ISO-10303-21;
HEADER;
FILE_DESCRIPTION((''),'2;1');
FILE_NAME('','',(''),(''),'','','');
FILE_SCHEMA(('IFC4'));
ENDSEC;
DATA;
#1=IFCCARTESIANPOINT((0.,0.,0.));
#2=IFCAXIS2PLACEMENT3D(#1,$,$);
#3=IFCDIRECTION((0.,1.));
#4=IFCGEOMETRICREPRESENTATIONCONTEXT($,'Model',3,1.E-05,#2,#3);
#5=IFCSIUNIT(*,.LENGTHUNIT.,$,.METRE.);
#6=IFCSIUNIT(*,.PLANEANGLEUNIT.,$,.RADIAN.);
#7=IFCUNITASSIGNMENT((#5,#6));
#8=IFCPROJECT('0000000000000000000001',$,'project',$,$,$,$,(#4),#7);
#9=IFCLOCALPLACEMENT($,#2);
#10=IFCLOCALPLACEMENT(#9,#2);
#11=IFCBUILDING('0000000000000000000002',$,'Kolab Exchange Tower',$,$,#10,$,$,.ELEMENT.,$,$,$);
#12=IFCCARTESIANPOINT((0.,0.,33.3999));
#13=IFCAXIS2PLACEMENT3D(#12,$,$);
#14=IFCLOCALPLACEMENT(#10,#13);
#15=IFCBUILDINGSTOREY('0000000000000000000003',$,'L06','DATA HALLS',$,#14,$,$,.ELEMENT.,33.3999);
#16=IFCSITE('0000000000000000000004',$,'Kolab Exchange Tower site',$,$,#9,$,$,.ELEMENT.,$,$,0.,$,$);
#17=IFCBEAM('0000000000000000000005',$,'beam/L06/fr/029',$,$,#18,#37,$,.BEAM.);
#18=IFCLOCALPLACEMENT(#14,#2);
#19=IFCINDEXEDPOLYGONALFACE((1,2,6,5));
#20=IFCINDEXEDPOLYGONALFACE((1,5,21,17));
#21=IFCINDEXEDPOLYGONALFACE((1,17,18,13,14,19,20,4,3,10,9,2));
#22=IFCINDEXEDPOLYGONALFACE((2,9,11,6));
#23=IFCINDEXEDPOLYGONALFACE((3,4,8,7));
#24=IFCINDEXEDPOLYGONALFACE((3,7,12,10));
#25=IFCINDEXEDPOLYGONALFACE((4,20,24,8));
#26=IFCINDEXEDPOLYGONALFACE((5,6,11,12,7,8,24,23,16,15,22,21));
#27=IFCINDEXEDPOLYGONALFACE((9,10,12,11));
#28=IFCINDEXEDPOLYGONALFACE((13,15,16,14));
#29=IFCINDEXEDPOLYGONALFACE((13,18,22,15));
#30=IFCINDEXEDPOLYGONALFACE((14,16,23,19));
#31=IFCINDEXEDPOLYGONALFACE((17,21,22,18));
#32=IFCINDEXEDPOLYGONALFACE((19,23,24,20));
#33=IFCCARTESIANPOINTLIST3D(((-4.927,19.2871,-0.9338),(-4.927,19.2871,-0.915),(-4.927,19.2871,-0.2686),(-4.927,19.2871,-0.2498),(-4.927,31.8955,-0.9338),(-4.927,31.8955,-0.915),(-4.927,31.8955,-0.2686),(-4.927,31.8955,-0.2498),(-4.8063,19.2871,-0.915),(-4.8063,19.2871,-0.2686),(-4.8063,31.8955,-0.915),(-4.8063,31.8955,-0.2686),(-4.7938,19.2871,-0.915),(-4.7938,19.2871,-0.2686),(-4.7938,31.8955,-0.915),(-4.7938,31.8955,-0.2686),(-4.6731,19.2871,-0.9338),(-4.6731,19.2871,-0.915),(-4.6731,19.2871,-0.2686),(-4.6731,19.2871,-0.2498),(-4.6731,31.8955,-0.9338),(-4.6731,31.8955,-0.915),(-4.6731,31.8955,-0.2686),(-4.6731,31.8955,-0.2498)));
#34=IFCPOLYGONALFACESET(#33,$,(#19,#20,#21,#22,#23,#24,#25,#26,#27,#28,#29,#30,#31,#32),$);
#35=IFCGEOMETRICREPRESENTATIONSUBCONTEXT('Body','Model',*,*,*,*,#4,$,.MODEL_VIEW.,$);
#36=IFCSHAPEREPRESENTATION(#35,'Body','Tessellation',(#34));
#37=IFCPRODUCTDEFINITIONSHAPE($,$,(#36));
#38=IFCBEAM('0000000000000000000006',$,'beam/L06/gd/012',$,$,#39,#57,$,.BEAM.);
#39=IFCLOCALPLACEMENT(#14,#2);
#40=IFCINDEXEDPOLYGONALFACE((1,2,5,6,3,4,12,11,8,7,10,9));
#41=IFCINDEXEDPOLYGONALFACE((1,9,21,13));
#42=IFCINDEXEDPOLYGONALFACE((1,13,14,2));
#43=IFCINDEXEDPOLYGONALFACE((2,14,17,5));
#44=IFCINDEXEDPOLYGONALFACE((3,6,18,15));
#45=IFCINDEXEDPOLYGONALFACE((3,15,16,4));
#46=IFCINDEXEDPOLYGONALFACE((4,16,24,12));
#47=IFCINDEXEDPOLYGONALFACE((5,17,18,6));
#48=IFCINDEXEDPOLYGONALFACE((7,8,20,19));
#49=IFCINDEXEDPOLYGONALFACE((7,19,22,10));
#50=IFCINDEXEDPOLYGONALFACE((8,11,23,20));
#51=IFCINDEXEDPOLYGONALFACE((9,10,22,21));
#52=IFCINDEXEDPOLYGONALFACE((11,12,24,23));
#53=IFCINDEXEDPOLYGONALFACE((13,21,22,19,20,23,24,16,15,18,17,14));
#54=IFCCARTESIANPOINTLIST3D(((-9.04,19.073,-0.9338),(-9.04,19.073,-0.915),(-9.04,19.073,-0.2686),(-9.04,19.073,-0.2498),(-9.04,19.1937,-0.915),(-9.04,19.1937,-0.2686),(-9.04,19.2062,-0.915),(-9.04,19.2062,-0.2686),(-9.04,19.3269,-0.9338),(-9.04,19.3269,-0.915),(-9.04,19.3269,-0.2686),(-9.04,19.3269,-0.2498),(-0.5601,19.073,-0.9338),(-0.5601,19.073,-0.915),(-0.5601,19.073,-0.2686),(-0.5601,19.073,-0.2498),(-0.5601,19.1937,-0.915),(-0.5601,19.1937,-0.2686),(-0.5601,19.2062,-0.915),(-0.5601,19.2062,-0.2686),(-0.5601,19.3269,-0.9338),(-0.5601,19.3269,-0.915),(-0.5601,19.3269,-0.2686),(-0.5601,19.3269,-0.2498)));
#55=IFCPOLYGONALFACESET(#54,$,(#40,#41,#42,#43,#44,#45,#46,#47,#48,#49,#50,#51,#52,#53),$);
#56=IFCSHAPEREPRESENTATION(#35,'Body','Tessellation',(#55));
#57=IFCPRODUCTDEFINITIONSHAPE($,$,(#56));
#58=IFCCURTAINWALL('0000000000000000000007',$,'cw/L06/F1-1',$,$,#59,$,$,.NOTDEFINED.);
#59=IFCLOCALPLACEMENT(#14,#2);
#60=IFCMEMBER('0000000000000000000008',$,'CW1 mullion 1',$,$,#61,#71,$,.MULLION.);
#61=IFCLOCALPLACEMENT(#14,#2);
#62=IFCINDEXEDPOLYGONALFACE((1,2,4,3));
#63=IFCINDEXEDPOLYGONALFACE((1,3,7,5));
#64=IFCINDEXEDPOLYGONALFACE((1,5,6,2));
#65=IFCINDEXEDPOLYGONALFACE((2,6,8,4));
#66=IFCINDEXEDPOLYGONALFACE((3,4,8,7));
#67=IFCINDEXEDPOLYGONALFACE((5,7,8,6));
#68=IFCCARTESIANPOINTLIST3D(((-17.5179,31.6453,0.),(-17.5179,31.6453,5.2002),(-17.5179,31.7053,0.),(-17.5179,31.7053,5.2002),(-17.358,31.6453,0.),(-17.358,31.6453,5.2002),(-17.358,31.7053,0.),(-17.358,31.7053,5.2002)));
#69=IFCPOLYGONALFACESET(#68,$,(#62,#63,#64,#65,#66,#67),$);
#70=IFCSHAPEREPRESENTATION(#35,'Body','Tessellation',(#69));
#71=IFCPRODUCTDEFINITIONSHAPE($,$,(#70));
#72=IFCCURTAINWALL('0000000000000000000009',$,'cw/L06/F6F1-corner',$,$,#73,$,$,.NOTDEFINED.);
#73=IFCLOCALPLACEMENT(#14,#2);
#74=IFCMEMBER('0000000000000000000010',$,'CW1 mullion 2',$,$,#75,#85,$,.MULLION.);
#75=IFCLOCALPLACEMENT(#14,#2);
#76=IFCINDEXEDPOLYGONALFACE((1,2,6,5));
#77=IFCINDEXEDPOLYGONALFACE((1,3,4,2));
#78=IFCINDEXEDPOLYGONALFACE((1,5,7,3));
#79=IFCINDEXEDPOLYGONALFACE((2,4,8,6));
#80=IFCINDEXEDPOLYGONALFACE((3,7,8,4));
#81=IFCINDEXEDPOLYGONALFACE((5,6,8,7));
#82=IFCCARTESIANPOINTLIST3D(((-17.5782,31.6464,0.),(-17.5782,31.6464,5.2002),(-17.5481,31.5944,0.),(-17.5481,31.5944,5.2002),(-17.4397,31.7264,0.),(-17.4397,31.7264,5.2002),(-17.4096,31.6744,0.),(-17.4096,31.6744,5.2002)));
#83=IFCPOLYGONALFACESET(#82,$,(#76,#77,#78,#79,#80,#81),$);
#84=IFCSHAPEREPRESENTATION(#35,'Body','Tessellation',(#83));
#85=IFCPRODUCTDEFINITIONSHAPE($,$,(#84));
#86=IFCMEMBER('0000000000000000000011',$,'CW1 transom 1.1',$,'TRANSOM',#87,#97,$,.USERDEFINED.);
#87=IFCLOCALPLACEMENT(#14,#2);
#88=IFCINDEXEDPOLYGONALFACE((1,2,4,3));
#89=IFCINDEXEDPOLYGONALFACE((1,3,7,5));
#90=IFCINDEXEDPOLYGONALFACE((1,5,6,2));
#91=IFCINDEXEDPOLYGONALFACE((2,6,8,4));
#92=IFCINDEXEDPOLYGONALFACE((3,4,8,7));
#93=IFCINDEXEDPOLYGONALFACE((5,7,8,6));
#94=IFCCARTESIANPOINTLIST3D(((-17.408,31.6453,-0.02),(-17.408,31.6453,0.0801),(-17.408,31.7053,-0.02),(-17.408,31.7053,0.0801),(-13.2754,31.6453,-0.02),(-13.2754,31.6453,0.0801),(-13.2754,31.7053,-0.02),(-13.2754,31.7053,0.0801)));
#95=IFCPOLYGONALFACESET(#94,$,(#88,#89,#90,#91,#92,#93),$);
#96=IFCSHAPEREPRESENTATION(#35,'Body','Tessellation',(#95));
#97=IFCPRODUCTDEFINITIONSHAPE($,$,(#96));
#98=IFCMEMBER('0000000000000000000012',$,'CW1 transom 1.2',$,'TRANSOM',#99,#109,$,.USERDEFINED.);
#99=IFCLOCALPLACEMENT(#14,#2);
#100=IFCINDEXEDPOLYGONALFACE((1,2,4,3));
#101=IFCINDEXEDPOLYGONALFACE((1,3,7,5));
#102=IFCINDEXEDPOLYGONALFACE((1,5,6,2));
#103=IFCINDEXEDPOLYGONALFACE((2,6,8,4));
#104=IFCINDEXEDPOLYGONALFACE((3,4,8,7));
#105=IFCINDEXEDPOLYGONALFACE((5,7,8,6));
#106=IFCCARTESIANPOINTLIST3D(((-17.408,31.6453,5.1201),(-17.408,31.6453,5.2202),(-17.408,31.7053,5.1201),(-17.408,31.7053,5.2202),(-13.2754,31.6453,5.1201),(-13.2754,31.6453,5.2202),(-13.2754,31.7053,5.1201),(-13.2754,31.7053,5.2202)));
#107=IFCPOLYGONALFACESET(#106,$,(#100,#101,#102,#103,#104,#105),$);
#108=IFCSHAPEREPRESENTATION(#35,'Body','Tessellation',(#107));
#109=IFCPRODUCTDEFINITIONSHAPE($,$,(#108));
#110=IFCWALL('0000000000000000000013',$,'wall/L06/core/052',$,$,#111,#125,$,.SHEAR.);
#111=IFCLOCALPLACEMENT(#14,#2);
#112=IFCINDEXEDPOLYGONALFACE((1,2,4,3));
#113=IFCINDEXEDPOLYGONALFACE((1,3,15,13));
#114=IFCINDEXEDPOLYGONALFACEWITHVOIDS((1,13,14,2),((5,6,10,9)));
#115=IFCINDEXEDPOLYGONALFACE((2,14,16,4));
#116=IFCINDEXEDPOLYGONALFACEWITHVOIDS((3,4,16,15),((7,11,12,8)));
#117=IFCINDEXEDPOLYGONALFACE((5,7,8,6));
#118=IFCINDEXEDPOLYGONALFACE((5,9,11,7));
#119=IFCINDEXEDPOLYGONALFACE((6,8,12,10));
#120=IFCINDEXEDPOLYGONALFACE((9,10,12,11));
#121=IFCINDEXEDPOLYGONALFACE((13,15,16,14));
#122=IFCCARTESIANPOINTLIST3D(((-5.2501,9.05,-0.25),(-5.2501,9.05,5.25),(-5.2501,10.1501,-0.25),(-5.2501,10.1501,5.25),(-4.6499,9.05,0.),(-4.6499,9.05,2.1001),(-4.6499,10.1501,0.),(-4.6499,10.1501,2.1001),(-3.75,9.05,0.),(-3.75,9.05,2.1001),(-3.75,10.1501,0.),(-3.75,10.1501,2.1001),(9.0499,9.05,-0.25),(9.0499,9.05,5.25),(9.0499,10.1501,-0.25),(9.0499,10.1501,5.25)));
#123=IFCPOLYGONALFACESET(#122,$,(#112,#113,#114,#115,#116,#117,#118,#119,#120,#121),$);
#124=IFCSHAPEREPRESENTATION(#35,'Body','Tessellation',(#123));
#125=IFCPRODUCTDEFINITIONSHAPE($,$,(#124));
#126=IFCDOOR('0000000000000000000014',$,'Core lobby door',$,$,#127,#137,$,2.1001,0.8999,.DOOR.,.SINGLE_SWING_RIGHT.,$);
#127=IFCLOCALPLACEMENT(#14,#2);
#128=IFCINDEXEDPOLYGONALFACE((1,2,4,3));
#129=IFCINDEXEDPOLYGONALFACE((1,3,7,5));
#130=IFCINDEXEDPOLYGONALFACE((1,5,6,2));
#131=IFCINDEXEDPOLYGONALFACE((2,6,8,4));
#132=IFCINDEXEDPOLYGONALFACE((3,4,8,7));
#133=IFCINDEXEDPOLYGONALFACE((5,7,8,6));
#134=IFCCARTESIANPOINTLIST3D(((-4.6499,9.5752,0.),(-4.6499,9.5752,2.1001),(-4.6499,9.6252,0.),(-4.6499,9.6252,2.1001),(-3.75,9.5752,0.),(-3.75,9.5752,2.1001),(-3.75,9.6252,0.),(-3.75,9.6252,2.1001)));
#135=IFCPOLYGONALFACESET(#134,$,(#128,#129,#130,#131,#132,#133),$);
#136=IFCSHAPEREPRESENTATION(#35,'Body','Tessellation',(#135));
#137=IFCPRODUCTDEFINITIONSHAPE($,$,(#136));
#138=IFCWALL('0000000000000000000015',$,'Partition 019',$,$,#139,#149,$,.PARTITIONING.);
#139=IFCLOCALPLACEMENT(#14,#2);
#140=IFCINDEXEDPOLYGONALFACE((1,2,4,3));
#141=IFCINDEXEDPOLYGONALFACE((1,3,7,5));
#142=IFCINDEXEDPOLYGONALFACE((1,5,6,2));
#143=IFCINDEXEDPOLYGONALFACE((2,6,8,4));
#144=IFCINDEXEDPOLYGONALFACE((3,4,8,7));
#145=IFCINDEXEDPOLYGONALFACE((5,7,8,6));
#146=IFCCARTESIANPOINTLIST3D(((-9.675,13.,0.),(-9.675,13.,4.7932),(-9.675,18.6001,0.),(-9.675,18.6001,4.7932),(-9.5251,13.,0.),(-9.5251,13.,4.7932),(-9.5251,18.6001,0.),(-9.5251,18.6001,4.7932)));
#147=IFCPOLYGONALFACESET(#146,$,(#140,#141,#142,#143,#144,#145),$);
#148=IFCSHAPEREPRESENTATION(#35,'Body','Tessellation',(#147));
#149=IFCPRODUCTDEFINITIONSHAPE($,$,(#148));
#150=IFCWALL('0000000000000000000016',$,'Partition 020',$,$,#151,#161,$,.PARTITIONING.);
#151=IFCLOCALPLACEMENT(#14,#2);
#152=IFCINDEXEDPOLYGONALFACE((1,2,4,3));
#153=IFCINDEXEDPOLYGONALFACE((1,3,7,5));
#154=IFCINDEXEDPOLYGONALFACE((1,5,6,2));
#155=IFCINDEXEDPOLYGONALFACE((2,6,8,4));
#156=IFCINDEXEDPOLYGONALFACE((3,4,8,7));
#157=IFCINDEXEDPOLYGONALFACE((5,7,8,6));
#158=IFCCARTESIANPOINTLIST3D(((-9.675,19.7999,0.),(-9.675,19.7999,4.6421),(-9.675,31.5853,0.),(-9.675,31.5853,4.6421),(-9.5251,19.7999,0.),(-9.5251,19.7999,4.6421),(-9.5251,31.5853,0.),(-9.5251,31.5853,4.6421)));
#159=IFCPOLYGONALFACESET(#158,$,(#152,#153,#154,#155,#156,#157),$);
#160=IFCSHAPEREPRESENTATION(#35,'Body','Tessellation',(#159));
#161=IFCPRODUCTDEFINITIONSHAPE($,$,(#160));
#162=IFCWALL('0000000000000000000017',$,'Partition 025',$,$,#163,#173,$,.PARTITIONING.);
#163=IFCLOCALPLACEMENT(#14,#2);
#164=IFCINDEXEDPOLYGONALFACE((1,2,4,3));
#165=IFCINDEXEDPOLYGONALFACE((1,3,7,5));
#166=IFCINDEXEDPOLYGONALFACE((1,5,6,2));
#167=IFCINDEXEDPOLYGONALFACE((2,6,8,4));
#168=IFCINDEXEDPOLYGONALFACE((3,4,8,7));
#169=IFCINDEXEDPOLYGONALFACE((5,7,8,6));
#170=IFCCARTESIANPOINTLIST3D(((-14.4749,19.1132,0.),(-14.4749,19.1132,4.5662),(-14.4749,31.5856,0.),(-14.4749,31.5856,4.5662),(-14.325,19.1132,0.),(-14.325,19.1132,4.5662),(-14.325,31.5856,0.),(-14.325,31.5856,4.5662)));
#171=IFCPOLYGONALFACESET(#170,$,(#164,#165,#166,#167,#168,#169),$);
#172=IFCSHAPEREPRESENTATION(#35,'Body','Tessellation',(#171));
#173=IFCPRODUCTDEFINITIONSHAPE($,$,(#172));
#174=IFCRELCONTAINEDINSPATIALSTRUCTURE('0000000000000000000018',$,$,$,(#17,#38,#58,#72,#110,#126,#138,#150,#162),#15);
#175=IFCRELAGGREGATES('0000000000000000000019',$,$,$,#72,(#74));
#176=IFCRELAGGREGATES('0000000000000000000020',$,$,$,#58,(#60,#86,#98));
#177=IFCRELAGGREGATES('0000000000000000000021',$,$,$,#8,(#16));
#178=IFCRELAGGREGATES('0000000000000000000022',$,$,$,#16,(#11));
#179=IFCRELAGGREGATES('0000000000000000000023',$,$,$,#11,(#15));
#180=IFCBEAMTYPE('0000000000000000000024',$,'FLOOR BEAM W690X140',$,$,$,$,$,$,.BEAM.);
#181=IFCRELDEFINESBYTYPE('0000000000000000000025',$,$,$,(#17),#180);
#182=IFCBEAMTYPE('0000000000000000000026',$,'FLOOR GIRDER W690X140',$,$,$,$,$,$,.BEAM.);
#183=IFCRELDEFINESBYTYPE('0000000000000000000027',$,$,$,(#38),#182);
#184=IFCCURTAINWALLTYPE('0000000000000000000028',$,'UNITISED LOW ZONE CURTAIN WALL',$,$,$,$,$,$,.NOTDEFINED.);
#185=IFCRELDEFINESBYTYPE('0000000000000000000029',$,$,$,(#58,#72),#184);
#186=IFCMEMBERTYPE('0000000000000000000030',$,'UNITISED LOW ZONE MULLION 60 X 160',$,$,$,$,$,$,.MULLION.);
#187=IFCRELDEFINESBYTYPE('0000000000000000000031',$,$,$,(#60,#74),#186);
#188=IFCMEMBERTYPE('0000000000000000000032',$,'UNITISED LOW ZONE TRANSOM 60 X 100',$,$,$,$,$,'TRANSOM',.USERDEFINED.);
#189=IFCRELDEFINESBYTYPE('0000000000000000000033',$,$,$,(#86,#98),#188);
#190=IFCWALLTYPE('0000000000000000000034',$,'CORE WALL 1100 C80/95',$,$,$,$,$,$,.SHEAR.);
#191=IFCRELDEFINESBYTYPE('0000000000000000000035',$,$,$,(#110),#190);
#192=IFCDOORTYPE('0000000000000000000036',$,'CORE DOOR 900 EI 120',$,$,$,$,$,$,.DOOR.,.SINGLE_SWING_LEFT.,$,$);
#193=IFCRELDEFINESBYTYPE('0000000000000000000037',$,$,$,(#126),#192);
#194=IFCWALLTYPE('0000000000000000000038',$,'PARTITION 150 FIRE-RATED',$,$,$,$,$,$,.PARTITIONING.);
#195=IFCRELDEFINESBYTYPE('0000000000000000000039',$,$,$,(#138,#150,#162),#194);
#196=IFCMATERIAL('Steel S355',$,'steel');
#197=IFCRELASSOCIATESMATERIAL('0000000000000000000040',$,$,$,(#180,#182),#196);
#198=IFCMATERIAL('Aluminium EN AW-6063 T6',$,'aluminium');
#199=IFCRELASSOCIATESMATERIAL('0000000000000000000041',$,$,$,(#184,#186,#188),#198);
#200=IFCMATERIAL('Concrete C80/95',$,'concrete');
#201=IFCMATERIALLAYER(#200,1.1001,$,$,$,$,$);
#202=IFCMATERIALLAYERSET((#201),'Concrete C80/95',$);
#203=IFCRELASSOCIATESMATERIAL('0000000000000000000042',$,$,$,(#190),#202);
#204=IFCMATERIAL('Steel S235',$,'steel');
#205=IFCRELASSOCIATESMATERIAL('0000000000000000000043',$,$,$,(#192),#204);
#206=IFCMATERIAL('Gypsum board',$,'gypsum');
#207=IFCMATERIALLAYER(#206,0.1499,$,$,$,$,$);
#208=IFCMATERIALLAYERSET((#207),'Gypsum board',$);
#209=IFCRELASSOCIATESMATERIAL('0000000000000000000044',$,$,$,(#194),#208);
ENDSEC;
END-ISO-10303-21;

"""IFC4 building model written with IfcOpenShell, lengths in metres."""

from ifc_helpers import new_model, si_unit, direction, frame, frame_2d, origin, origin_2d, place, context, subcontext, project, spatial, rectangle, i_section, extrude, material, layer, layer_set, material_profile, profile_set, type_object, element, fill, aggregate, save


model = new_model("IFC4")

# Units and contexts
model_context = context("Model", 3, precision=1e-05, world=origin(), true_north=direction((0.0, 1.0)))
body_context = subcontext(model_context, "Body", "Model", "MODEL_VIEW")
ifc_project = project(units=[si_unit("LENGTHUNIT", "METRE"), si_unit("PLANEANGLEUNIT", "RADIAN")], contexts=[model_context])

# Site, building, storey
site_placement = place(None, origin())
site = spatial("IfcSite", under=ifc_project, at=site_placement, Name="Kolab Exchange Tower site", CompositionType="ELEMENT", RefElevation=0.0)
building_placement = place(site_placement, origin())
building = spatial("IfcBuilding", under=site, at=building_placement, Name="Kolab Exchange Tower", CompositionType="ELEMENT")
storey_placement = place(building_placement, frame((0.0, 0.0, 33.3999)))
storey = spatial("IfcBuildingStorey", under=building, at=storey_placement, Name="L06", Description="DATA HALLS", CompositionType="ELEMENT", Elevation=33.3999)

# Shared definitions
ifc_material_1 = material(Name="Concrete C80/95", Category="concrete")

# Beams
ifc_material_2 = material(Name="Steel S355", Category="steel")
ifc_material_profile_1 = material_profile(ifc_material_2, i_section(OverallWidth=0.2539, OverallDepth=0.6841, WebThickness=0.0125, FlangeThickness=0.0188, at=origin_2d()), Name="W690X140")
ifc_profile_set_1 = profile_set([ifc_material_profile_1], Name="Steel S355")
beam_type_1 = type_object("IfcBeamType", Name="FLOOR BEAM W690X140", PredefinedType="BEAM", material=ifc_profile_set_1)
for number, where, z_axis, x_axis, name in (
    (1, (-4.8, 19.2871, -0.5918), (0.0, 1.0, 0.0), (-1.0, 0.0, 0.0), "beam/L06/fr/029"),
):
    element("IfcBeam", number, at=place(storey_placement, frame(where, z_axis=z_axis, x_axis=x_axis)), inside=storey, type_object=beam_type_1, Name=name, PredefinedType="BEAM", context=body_context, shape_type="SweptSolid", body=[
        extrude(i_section(OverallWidth=0.2539, OverallDepth=0.6841, WebThickness=0.0125, FlangeThickness=0.0188, at=origin_2d()), origin(), (0.0, 0.0, 1.0), 12.6084),
    ])
ifc_material_profile_2 = material_profile(ifc_material_2, i_section(OverallWidth=0.2539, OverallDepth=0.6841, WebThickness=0.0125, FlangeThickness=0.0188, at=origin_2d()), Name="W690X140")
ifc_profile_set_2 = profile_set([ifc_material_profile_2], Name="Steel S355")
beam_type_2 = type_object("IfcBeamType", Name="FLOOR GIRDER W690X140", PredefinedType="BEAM", material=ifc_profile_set_2)
beam_1_placement = place(storey_placement, frame((-9.04, 19.2, -0.5918), z_axis=(1.0, 0.0, 0.0), x_axis=(0.0, 1.0, 0.0)))
element("IfcBeam", 2, at=beam_1_placement, inside=storey, type_object=beam_type_2, Name="beam/L06/gd/012", PredefinedType="BEAM", context=body_context, shape_type="SweptSolid", body=[
    extrude(i_section(OverallWidth=0.2539, OverallDepth=0.6841, WebThickness=0.0125, FlangeThickness=0.0188, at=origin_2d()), origin(), (0.0, 0.0, 1.0), 8.48),
])

# Curtain walls, members
ifc_material_3 = material(Name="Aluminium EN AW-6063 T6", Category="aluminium")
curtain_wall_type = type_object("IfcCurtainWallType", Name="UNITISED LOW ZONE CURTAIN WALL", PredefinedType="NOTDEFINED", material=ifc_material_3)
curtain_wall_1_placement = place(storey_placement, origin())
curtain_wall_1 = element("IfcCurtainWall", 3, at=curtain_wall_1_placement, inside=storey, type_object=curtain_wall_type, Name="cw/L06/F1-1", PredefinedType="NOTDEFINED")
ifc_material_profile_3 = material_profile(ifc_material_3, rectangle(XDim=0.0601, YDim=0.1599, at=origin_2d()), Name="RECT 60X160")
ifc_profile_set_3 = profile_set([ifc_material_profile_3], Name="Aluminium EN AW-6063 T6")
member_type_1 = type_object("IfcMemberType", Name="UNITISED LOW ZONE MULLION 60 X 160", PredefinedType="MULLION", material=ifc_profile_set_3)
member_1_placement = place(storey_placement, frame((-17.438, 31.6753, 0.0), z_axis=(0.0, 0.0, 1.0), x_axis=(0.0, 1.0, 0.0)))
member_1 = element("IfcMember", 4, at=member_1_placement, type_object=member_type_1, Name="CW1 mullion 1", PredefinedType="MULLION", context=body_context, shape_type="SweptSolid", body=[
    extrude(rectangle(XDim=0.0601, YDim=0.1599, at=origin_2d()), origin(), (0.0, 0.0, 1.0), 5.2002),
])
curtain_wall_2_placement = place(storey_placement, origin())
curtain_wall_2 = element("IfcCurtainWall", 5, at=curtain_wall_2_placement, inside=storey, type_object=curtain_wall_type, Name="cw/L06/F6F1-corner", PredefinedType="NOTDEFINED")
member_2_placement = place(storey_placement, frame((-17.4939, 31.6604, 0.0), z_axis=(0.0, 0.0, 1.0), x_axis=(-0.5, 0.866025, 0.0)))
member_2 = element("IfcMember", 6, at=member_2_placement, type_object=member_type_1, Name="CW1 mullion 2", PredefinedType="MULLION", context=body_context, shape_type="SweptSolid", body=[
    extrude(rectangle(XDim=0.0601, YDim=0.1599, at=origin_2d()), origin(), (0.0, 0.0, 1.0), 5.2002),
])
aggregate(curtain_wall_2, [member_2])

# Members
ifc_material_profile_4 = material_profile(ifc_material_3, rectangle(XDim=0.0601, YDim=0.1001, at=origin_2d()), Name="RECT 60X100")
ifc_profile_set_4 = profile_set([ifc_material_profile_4], Name="Aluminium EN AW-6063 T6")
member_type_2 = type_object("IfcMemberType", Name="UNITISED LOW ZONE TRANSOM 60 X 100", ElementType="TRANSOM", PredefinedType="USERDEFINED", material=ifc_profile_set_4)
member_3_placement = place(storey_placement, frame((-17.408, 31.6753, 0.03), z_axis=(1.0, 0.0, 0.0), x_axis=(0.0, 1.0, 0.0)))
member_3 = element("IfcMember", 7, at=member_3_placement, type_object=member_type_2, Name="CW1 transom 1.1", ObjectType="TRANSOM", PredefinedType="USERDEFINED", context=body_context, shape_type="SweptSolid", body=[
    extrude(rectangle(XDim=0.0601, YDim=0.1001, at=origin_2d()), origin(), (0.0, 0.0, 1.0), 4.1326),
])
member_4_placement = place(storey_placement, frame((-17.408, 31.6753, 5.1702), z_axis=(1.0, 0.0, 0.0), x_axis=(0.0, 1.0, 0.0)))
member_4 = element("IfcMember", 8, at=member_4_placement, type_object=member_type_2, Name="CW1 transom 1.2", ObjectType="TRANSOM", PredefinedType="USERDEFINED", context=body_context, shape_type="SweptSolid", body=[
    extrude(rectangle(XDim=0.0601, YDim=0.1001, at=origin_2d()), origin(), (0.0, 0.0, 1.0), 4.1326),
])
aggregate(curtain_wall_1, [member_1, member_3, member_4])

# Wall, opening, door
ifc_layer_1 = layer(ifc_material_1, 1.1001)
ifc_layer_set_1 = layer_set([ifc_layer_1], Name="Concrete C80/95")
wall_type_1 = type_object("IfcWallType", Name="CORE WALL 1100 C80/95", PredefinedType="SHEAR", material=ifc_layer_set_1)
wall_1_placement = place(storey_placement, frame((-5.25, 9.6001, -0.25), z_axis=(0.0, 0.0, 1.0), x_axis=(1.0, 0.0, 0.0)))
wall_1 = element("IfcWall", 9, at=wall_1_placement, inside=storey, type_object=wall_type_1, Name="wall/L06/core/052", PredefinedType="SHEAR", context=body_context, shape_type="SweptSolid", body=[
    extrude(rectangle(XDim=14.3, YDim=1.1001, at=frame_2d((7.1499, 0.0))), origin(), (0.0, 0.0, 1.0), 5.5),
])
opening_placement = place(wall_1_placement, frame((0.6001, 0.0, 0.25)))
opening = element("IfcOpeningElement", 10, at=opening_placement, cuts=wall_1, PredefinedType="OPENING", context=body_context, shape_type="SweptSolid", body=[
    extrude(rectangle(XDim=0.8999, YDim=2.1001, at=frame_2d((0.45, 1.05))), frame((0.0, 0.5601, 0.0), z_axis=(0.0, -1.0, 0.0), x_axis=(1.0, 0.0, 0.0)), (0.0, 0.0, 1.0), 1.1201),
])
ifc_material_4 = material(Name="Steel S235", Category="steel")
door_type = type_object("IfcDoorType", Name="CORE DOOR 900 EI 120", OperationType="SINGLE_SWING_LEFT", PredefinedType="DOOR", material=ifc_material_4)
door_placement = place(opening_placement, frame((0.8999, 0.0, 0.0), z_axis=(0.0, 0.0, 1.0), x_axis=(-1.0, 0.0, 0.0)))
door = element("IfcDoor", 11, at=door_placement, inside=storey, type_object=door_type, Name="Core lobby door", OperationType="SINGLE_SWING_RIGHT", OverallHeight=2.1001, OverallWidth=0.8999, PredefinedType="DOOR", context=body_context, shape_type="SweptSolid", body=[
    extrude(rectangle(XDim=0.8999, YDim=2.1001, at=frame_2d((0.45, 1.05))), frame((0.0, 0.0249, 0.0), z_axis=(0.0, -1.0, 0.0), x_axis=(1.0, 0.0, 0.0)), (0.0, 0.0, 1.0), 0.05),
])
fill(opening, door)

# Walls
ifc_material_5 = material(Name="Gypsum board", Category="gypsum")
ifc_layer_2 = layer(ifc_material_5, 0.1499)
ifc_layer_set_2 = layer_set([ifc_layer_2], Name="Gypsum board")
wall_type_2 = type_object("IfcWallType", Name="PARTITION 150 FIRE-RATED", PredefinedType="PARTITIONING", material=ifc_layer_set_2)
wall_2_placement = place(storey_placement, frame((-9.6001, 13.0, 0.0), z_axis=(0.0, 0.0, 1.0), x_axis=(0.0, 1.0, 0.0)))
element("IfcWall", 12, at=wall_2_placement, inside=storey, type_object=wall_type_2, Name="Partition 019", PredefinedType="PARTITIONING", context=body_context, shape_type="SweptSolid", body=[
    extrude(rectangle(XDim=5.6001, YDim=0.1499, at=frame_2d((2.8, 0.0))), origin(), (0.0, 0.0, 1.0), 4.7932),
])
wall_3_placement = place(storey_placement, frame((-9.6001, 19.8, 0.0), z_axis=(0.0, 0.0, 1.0), x_axis=(0.0, 1.0, 0.0)))
element("IfcWall", 13, at=wall_3_placement, inside=storey, type_object=wall_type_2, Name="Partition 020", PredefinedType="PARTITIONING", context=body_context, shape_type="SweptSolid", body=[
    extrude(rectangle(XDim=11.7854, YDim=0.1499, at=frame_2d((5.8926, 0.0))), origin(), (0.0, 0.0, 1.0), 4.6421),
])
wall_4_placement = place(storey_placement, frame((-14.3999, 19.113, 0.0), z_axis=(0.0, 0.0, 1.0), x_axis=(0.0, 1.0, 0.0)))
element("IfcWall", 14, at=wall_4_placement, inside=storey, type_object=wall_type_2, Name="Partition 025", PredefinedType="PARTITIONING", context=body_context, shape_type="SweptSolid", body=[
    extrude(rectangle(XDim=12.4724, YDim=0.1499, at=frame_2d((6.2363, 0.0))), origin(), (0.0, 0.0, 1.0), 4.5662),
])

save(model, "model.ifc")
